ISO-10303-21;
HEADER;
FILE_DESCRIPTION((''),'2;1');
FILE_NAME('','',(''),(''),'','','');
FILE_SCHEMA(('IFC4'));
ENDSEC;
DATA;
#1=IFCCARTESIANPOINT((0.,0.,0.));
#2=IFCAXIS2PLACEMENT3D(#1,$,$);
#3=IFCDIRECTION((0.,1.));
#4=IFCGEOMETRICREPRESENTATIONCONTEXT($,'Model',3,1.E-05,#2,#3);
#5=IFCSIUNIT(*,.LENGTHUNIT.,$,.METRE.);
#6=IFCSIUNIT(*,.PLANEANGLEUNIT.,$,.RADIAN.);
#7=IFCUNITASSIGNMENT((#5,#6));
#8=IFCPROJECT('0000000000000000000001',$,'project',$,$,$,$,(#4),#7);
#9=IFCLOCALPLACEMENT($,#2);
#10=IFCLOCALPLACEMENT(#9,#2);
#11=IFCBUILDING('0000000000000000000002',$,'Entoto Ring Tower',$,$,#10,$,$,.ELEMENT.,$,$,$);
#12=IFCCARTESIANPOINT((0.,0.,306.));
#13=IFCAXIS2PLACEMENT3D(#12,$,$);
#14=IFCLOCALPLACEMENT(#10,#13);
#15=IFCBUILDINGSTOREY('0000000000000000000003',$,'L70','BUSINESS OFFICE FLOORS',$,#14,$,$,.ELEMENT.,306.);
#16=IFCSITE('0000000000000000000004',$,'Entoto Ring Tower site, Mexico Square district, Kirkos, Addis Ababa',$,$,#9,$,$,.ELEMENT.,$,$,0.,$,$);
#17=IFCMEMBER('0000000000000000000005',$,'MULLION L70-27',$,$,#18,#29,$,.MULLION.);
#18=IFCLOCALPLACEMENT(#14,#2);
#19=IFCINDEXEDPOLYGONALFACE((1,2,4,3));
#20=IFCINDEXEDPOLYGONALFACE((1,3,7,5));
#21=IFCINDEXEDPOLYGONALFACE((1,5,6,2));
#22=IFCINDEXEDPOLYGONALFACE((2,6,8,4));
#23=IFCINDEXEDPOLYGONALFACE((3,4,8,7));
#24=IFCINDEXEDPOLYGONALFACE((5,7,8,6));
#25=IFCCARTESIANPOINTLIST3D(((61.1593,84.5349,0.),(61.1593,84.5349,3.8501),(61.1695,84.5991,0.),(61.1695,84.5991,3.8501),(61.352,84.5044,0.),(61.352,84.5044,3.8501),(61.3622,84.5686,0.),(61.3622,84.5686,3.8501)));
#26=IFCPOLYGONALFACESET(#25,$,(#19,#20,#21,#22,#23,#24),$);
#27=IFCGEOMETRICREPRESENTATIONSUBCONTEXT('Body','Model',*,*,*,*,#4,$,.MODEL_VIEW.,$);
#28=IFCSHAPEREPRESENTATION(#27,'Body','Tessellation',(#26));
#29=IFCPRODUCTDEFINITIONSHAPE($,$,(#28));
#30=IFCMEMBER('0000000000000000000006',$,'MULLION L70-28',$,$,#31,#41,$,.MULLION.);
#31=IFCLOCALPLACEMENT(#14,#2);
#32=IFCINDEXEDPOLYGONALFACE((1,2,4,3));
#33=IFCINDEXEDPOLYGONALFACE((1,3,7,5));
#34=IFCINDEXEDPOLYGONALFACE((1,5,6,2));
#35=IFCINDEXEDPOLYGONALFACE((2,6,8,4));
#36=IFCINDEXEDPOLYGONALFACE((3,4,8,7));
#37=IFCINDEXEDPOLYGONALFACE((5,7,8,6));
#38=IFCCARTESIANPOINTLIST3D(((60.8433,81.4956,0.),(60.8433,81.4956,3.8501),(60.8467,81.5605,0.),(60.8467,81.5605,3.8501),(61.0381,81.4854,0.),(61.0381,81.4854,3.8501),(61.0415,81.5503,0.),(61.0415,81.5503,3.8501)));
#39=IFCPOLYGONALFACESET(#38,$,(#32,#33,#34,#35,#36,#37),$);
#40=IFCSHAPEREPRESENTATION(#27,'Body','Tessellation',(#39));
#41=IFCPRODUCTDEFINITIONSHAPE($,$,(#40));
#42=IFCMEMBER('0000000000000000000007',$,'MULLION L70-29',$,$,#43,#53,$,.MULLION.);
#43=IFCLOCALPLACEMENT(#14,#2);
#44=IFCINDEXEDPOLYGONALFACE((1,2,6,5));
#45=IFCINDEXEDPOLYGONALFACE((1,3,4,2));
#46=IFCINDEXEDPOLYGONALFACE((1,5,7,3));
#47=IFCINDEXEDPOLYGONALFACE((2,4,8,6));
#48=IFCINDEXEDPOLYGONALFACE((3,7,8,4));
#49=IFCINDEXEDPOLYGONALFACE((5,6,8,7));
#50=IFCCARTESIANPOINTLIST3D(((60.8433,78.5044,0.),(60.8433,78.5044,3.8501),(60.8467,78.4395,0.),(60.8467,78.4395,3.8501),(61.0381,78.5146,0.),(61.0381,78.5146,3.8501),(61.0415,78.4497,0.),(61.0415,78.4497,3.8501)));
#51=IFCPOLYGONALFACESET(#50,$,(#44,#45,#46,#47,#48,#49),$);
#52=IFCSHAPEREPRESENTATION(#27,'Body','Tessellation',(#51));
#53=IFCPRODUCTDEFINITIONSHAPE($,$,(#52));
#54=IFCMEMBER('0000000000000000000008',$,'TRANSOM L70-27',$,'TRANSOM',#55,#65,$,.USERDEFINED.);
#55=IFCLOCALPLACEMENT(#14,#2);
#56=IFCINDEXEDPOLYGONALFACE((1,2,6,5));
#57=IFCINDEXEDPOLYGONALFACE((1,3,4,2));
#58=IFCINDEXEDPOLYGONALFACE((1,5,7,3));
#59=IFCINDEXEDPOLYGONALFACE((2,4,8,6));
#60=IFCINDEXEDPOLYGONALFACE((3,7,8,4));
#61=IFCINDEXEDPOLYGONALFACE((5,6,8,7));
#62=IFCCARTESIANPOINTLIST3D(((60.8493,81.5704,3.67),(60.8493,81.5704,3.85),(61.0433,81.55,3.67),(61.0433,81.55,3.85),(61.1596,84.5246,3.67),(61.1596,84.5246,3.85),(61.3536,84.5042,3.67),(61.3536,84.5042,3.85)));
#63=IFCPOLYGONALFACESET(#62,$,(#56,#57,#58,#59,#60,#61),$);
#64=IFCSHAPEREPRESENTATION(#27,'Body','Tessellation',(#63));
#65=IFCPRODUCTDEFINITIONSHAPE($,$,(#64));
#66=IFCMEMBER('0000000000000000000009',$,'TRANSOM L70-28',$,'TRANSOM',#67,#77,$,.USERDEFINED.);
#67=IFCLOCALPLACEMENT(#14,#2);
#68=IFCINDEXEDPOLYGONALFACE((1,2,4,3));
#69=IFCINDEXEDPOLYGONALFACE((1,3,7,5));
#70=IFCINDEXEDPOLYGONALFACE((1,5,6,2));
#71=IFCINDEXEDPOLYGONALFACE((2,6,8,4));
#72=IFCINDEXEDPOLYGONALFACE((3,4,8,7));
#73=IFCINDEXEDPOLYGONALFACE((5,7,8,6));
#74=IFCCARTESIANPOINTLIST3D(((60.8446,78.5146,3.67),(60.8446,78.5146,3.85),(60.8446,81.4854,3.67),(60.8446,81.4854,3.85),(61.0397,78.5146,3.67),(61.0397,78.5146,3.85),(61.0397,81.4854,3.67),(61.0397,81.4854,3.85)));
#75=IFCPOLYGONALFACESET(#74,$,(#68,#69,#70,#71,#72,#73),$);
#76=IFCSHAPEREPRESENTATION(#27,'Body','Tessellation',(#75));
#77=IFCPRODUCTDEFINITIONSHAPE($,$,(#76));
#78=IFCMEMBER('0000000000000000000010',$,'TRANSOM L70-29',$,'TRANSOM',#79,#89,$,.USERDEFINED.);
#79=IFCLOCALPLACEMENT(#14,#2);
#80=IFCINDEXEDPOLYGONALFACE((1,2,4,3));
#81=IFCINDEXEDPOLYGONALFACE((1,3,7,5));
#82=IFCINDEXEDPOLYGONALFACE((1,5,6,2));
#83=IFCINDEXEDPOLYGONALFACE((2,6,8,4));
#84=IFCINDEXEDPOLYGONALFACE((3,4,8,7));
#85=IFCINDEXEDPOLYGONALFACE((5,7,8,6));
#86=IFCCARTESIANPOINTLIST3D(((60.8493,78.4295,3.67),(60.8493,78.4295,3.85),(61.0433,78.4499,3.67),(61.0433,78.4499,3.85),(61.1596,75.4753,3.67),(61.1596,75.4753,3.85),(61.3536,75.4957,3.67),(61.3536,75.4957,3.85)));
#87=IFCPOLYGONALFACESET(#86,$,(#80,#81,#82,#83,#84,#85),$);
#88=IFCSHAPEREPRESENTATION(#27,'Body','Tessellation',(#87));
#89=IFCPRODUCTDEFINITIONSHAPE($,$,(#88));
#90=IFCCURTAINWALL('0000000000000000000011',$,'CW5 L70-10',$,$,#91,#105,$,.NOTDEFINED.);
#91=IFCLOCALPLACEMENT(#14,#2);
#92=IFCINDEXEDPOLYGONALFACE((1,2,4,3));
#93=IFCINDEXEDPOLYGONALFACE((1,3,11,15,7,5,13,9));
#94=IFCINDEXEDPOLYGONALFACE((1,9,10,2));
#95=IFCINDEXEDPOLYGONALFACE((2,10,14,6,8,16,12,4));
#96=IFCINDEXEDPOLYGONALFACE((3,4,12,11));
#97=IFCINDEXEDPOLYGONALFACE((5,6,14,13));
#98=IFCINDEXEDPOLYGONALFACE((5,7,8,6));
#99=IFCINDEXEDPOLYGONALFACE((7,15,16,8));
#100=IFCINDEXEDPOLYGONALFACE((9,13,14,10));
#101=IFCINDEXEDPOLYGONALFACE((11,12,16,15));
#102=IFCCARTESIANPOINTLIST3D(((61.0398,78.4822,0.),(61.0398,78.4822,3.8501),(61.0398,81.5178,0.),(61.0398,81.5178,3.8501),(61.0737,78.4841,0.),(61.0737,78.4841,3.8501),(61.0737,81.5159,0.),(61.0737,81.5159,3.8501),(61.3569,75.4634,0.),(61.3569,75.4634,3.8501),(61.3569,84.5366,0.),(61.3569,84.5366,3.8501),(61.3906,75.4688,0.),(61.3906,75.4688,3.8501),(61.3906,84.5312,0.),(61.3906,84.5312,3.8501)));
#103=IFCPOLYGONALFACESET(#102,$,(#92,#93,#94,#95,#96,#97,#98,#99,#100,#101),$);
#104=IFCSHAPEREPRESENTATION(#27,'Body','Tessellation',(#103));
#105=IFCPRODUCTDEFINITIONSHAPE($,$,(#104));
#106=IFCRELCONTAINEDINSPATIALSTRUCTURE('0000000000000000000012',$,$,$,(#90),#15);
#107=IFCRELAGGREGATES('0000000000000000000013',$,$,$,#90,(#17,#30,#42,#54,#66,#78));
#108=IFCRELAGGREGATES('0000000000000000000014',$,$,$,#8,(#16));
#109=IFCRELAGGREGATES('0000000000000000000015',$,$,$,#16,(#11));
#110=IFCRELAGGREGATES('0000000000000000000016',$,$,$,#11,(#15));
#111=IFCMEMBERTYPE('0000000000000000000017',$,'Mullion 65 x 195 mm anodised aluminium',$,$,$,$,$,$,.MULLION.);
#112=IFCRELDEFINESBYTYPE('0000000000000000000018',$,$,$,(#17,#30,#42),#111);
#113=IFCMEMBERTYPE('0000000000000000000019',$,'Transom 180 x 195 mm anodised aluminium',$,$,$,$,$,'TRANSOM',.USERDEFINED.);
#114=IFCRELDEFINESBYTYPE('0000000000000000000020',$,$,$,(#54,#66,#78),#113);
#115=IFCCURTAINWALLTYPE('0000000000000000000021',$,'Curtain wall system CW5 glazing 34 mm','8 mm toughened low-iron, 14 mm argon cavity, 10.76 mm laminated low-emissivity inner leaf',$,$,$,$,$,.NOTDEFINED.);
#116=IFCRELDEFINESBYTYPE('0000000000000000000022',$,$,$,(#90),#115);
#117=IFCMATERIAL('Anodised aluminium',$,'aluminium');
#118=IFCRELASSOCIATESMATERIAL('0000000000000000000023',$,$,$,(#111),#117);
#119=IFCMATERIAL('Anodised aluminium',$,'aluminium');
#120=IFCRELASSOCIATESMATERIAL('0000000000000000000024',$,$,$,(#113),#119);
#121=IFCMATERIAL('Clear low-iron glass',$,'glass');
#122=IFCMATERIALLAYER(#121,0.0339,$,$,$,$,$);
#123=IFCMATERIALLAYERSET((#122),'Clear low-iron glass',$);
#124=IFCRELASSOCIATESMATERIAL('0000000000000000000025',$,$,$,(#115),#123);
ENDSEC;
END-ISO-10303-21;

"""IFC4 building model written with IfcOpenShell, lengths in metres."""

from ifc_helpers import new_model, si_unit, direction, frame, origin, origin_2d, place, context, subcontext, project, spatial, polyline, rectangle, outline, extrude, material, layer, layer_set, material_profile, profile_set, type_object, element, aggregate, save


model = new_model("IFC4")

# Units and contexts
model_context = context("Model", 3, precision=1e-05, world=origin(), true_north=direction((0.0, 1.0)))
body_context = subcontext(model_context, "Body", "Model", "MODEL_VIEW")
ifc_project = project(units=[si_unit("LENGTHUNIT", "METRE"), si_unit("PLANEANGLEUNIT", "RADIAN")], contexts=[model_context])

# Members
ifc_material_1 = material(Name="Anodised aluminium", Category="aluminium")
ifc_material_profile_1 = material_profile(ifc_material_1, rectangle(XDim=0.0649, YDim=0.1951, at=origin_2d()), Name="Mullion 65 x 195 mm anodised aluminium")
ifc_profile_set_1 = profile_set([ifc_material_profile_1], Name="Anodised aluminium")
member_type_1 = type_object("IfcMemberType", Name="Mullion 65 x 195 mm anodised aluminium", PredefinedType="MULLION", material=ifc_profile_set_1)
site_placement = place(None, origin())
building_placement = place(site_placement, origin())
storey_placement = place(building_placement, frame((0.0, 0.0, 306.0)))
member_1_placement = place(storey_placement, frame((61.2607, 84.5518, 0.0), z_axis=(0.0, 0.0, 1.0), x_axis=(-0.156434, -0.987688, 0.0)))
member_1 = element("IfcMember", 1, at=member_1_placement, type_object=member_type_1, Name="MULLION L70-27", PredefinedType="MULLION", context=body_context, shape_type="SweptSolid", body=[
    extrude(rectangle(XDim=0.0649, YDim=0.1951, at=origin_2d()), origin(), (0.0, 0.0, 1.0), 3.8501),
])
member_2_placement = place(storey_placement, frame((60.9424, 81.5229, 0.0), z_axis=(0.0, 0.0, 1.0), x_axis=(-0.052336, -0.99863, 0.0)))
member_2 = element("IfcMember", 2, at=member_2_placement, type_object=member_type_1, Name="MULLION L70-28", PredefinedType="MULLION", context=body_context, shape_type="SweptSolid", body=[
    extrude(rectangle(XDim=0.0649, YDim=0.1951, at=origin_2d()), origin(), (0.0, 0.0, 1.0), 3.8501),
])
member_3_placement = place(storey_placement, frame((60.9424, 78.4771, 0.0), z_axis=(0.0, 0.0, 1.0), x_axis=(0.052336, -0.99863, 0.0)))
member_3 = element("IfcMember", 3, at=member_3_placement, type_object=member_type_1, Name="MULLION L70-29", PredefinedType="MULLION", context=body_context, shape_type="SweptSolid", body=[
    extrude(rectangle(XDim=0.0649, YDim=0.1951, at=origin_2d()), origin(), (0.0, 0.0, 1.0), 3.8501),
])
ifc_material_2 = material(Name="Anodised aluminium", Category="aluminium")
ifc_material_profile_2 = material_profile(ifc_material_2, rectangle(XDim=0.1951, YDim=0.1799, at=origin_2d()), Name="Transom 180 x 195 mm anodised aluminium")
ifc_profile_set_2 = profile_set([ifc_material_profile_2], Name="Anodised aluminium")
member_type_2 = type_object("IfcMemberType", Name="Transom 180 x 195 mm anodised aluminium", ElementType="TRANSOM", PredefinedType="USERDEFINED", material=ifc_profile_set_2)
member_4_placement = place(storey_placement, frame((61.2566, 84.5144, 3.76), z_axis=(-0.104467, -0.994528, 0.0), x_axis=(0.994528, -0.104467, 0.0)))
member_4 = element("IfcMember", 4, at=member_4_placement, type_object=member_type_2, Name="TRANSOM L70-27", ObjectType="TRANSOM", PredefinedType="USERDEFINED", context=body_context, shape_type="SweptSolid", body=[
    extrude(rectangle(XDim=0.1951, YDim=0.1799, at=origin_2d()), origin(), (0.0, 0.0, 1.0), 2.9705),
])
member_5_placement = place(storey_placement, frame((60.9421, 81.4854, 3.76), z_axis=(0.0, -1.0, 0.0), x_axis=(1.0, 0.0, 0.0)))
member_5 = element("IfcMember", 5, at=member_5_placement, type_object=member_type_2, Name="TRANSOM L70-28", ObjectType="TRANSOM", PredefinedType="USERDEFINED", context=body_context, shape_type="SweptSolid", body=[
    extrude(rectangle(XDim=0.1951, YDim=0.1799, at=origin_2d()), origin(), (0.0, 0.0, 1.0), 2.9707),
])
member_6_placement = place(storey_placement, frame((60.9463, 78.4397, 3.76), z_axis=(0.104467, -0.994528, 0.0), x_axis=(0.994528, 0.104467, 0.0)))
member_6 = element("IfcMember", 6, at=member_6_placement, type_object=member_type_2, Name="TRANSOM L70-29", ObjectType="TRANSOM", PredefinedType="USERDEFINED", context=body_context, shape_type="SweptSolid", body=[
    extrude(rectangle(XDim=0.1951, YDim=0.1799, at=origin_2d()), origin(), (0.0, 0.0, 1.0), 2.9705),
])

# Site, building, storey
site = spatial("IfcSite", under=ifc_project, at=site_placement, Name="Entoto Ring Tower site, Mexico Square district, Kirkos, Addis Ababa", CompositionType="ELEMENT", RefElevation=0.0)
building = spatial("IfcBuilding", under=site, at=building_placement, Name="Entoto Ring Tower", CompositionType="ELEMENT")
storey = spatial("IfcBuildingStorey", under=building, at=storey_placement, Name="L70", Description="BUSINESS OFFICE FLOORS", CompositionType="ELEMENT", Elevation=306.0)

# Curtain wall
ifc_material_3 = material(Name="Clear low-iron glass", Category="glass")
ifc_layer = layer(ifc_material_3, 0.0339)
ifc_layer_set = layer_set([ifc_layer], Name="Clear low-iron glass")
curtain_wall_type = type_object("IfcCurtainWallType", Name="Curtain wall system CW5 glazing 34 mm", Description="8 mm toughened low-iron, 14 mm argon cavity, 10.76 mm laminated low-emissivity inner leaf", PredefinedType="NOTDEFINED", material=ifc_layer_set)
curtain_wall_1_placement = place(storey_placement, origin())
curtain_wall_1 = element("IfcCurtainWall", 7, at=curtain_wall_1_placement, inside=storey, type_object=curtain_wall_type, Name="CW5 L70-10", PredefinedType="NOTDEFINED", context=body_context, shape_type="SweptSolid", body=[
    extrude(outline(polyline([(61.3569, 84.5366), (61.0398, 81.5178), (61.0398, 78.4822), (61.3569, 75.4634), (61.3906, 75.4688), (61.0737, 78.4841), (61.0737, 81.5159), (61.3906, 84.5312), (61.3569, 84.5366)])), origin(), (0.0, 0.0, 1.0), 3.8501),
])
aggregate(curtain_wall_1, [member_1, member_2, member_3, member_4, member_5, member_6])

save(model, "model.ifc")
